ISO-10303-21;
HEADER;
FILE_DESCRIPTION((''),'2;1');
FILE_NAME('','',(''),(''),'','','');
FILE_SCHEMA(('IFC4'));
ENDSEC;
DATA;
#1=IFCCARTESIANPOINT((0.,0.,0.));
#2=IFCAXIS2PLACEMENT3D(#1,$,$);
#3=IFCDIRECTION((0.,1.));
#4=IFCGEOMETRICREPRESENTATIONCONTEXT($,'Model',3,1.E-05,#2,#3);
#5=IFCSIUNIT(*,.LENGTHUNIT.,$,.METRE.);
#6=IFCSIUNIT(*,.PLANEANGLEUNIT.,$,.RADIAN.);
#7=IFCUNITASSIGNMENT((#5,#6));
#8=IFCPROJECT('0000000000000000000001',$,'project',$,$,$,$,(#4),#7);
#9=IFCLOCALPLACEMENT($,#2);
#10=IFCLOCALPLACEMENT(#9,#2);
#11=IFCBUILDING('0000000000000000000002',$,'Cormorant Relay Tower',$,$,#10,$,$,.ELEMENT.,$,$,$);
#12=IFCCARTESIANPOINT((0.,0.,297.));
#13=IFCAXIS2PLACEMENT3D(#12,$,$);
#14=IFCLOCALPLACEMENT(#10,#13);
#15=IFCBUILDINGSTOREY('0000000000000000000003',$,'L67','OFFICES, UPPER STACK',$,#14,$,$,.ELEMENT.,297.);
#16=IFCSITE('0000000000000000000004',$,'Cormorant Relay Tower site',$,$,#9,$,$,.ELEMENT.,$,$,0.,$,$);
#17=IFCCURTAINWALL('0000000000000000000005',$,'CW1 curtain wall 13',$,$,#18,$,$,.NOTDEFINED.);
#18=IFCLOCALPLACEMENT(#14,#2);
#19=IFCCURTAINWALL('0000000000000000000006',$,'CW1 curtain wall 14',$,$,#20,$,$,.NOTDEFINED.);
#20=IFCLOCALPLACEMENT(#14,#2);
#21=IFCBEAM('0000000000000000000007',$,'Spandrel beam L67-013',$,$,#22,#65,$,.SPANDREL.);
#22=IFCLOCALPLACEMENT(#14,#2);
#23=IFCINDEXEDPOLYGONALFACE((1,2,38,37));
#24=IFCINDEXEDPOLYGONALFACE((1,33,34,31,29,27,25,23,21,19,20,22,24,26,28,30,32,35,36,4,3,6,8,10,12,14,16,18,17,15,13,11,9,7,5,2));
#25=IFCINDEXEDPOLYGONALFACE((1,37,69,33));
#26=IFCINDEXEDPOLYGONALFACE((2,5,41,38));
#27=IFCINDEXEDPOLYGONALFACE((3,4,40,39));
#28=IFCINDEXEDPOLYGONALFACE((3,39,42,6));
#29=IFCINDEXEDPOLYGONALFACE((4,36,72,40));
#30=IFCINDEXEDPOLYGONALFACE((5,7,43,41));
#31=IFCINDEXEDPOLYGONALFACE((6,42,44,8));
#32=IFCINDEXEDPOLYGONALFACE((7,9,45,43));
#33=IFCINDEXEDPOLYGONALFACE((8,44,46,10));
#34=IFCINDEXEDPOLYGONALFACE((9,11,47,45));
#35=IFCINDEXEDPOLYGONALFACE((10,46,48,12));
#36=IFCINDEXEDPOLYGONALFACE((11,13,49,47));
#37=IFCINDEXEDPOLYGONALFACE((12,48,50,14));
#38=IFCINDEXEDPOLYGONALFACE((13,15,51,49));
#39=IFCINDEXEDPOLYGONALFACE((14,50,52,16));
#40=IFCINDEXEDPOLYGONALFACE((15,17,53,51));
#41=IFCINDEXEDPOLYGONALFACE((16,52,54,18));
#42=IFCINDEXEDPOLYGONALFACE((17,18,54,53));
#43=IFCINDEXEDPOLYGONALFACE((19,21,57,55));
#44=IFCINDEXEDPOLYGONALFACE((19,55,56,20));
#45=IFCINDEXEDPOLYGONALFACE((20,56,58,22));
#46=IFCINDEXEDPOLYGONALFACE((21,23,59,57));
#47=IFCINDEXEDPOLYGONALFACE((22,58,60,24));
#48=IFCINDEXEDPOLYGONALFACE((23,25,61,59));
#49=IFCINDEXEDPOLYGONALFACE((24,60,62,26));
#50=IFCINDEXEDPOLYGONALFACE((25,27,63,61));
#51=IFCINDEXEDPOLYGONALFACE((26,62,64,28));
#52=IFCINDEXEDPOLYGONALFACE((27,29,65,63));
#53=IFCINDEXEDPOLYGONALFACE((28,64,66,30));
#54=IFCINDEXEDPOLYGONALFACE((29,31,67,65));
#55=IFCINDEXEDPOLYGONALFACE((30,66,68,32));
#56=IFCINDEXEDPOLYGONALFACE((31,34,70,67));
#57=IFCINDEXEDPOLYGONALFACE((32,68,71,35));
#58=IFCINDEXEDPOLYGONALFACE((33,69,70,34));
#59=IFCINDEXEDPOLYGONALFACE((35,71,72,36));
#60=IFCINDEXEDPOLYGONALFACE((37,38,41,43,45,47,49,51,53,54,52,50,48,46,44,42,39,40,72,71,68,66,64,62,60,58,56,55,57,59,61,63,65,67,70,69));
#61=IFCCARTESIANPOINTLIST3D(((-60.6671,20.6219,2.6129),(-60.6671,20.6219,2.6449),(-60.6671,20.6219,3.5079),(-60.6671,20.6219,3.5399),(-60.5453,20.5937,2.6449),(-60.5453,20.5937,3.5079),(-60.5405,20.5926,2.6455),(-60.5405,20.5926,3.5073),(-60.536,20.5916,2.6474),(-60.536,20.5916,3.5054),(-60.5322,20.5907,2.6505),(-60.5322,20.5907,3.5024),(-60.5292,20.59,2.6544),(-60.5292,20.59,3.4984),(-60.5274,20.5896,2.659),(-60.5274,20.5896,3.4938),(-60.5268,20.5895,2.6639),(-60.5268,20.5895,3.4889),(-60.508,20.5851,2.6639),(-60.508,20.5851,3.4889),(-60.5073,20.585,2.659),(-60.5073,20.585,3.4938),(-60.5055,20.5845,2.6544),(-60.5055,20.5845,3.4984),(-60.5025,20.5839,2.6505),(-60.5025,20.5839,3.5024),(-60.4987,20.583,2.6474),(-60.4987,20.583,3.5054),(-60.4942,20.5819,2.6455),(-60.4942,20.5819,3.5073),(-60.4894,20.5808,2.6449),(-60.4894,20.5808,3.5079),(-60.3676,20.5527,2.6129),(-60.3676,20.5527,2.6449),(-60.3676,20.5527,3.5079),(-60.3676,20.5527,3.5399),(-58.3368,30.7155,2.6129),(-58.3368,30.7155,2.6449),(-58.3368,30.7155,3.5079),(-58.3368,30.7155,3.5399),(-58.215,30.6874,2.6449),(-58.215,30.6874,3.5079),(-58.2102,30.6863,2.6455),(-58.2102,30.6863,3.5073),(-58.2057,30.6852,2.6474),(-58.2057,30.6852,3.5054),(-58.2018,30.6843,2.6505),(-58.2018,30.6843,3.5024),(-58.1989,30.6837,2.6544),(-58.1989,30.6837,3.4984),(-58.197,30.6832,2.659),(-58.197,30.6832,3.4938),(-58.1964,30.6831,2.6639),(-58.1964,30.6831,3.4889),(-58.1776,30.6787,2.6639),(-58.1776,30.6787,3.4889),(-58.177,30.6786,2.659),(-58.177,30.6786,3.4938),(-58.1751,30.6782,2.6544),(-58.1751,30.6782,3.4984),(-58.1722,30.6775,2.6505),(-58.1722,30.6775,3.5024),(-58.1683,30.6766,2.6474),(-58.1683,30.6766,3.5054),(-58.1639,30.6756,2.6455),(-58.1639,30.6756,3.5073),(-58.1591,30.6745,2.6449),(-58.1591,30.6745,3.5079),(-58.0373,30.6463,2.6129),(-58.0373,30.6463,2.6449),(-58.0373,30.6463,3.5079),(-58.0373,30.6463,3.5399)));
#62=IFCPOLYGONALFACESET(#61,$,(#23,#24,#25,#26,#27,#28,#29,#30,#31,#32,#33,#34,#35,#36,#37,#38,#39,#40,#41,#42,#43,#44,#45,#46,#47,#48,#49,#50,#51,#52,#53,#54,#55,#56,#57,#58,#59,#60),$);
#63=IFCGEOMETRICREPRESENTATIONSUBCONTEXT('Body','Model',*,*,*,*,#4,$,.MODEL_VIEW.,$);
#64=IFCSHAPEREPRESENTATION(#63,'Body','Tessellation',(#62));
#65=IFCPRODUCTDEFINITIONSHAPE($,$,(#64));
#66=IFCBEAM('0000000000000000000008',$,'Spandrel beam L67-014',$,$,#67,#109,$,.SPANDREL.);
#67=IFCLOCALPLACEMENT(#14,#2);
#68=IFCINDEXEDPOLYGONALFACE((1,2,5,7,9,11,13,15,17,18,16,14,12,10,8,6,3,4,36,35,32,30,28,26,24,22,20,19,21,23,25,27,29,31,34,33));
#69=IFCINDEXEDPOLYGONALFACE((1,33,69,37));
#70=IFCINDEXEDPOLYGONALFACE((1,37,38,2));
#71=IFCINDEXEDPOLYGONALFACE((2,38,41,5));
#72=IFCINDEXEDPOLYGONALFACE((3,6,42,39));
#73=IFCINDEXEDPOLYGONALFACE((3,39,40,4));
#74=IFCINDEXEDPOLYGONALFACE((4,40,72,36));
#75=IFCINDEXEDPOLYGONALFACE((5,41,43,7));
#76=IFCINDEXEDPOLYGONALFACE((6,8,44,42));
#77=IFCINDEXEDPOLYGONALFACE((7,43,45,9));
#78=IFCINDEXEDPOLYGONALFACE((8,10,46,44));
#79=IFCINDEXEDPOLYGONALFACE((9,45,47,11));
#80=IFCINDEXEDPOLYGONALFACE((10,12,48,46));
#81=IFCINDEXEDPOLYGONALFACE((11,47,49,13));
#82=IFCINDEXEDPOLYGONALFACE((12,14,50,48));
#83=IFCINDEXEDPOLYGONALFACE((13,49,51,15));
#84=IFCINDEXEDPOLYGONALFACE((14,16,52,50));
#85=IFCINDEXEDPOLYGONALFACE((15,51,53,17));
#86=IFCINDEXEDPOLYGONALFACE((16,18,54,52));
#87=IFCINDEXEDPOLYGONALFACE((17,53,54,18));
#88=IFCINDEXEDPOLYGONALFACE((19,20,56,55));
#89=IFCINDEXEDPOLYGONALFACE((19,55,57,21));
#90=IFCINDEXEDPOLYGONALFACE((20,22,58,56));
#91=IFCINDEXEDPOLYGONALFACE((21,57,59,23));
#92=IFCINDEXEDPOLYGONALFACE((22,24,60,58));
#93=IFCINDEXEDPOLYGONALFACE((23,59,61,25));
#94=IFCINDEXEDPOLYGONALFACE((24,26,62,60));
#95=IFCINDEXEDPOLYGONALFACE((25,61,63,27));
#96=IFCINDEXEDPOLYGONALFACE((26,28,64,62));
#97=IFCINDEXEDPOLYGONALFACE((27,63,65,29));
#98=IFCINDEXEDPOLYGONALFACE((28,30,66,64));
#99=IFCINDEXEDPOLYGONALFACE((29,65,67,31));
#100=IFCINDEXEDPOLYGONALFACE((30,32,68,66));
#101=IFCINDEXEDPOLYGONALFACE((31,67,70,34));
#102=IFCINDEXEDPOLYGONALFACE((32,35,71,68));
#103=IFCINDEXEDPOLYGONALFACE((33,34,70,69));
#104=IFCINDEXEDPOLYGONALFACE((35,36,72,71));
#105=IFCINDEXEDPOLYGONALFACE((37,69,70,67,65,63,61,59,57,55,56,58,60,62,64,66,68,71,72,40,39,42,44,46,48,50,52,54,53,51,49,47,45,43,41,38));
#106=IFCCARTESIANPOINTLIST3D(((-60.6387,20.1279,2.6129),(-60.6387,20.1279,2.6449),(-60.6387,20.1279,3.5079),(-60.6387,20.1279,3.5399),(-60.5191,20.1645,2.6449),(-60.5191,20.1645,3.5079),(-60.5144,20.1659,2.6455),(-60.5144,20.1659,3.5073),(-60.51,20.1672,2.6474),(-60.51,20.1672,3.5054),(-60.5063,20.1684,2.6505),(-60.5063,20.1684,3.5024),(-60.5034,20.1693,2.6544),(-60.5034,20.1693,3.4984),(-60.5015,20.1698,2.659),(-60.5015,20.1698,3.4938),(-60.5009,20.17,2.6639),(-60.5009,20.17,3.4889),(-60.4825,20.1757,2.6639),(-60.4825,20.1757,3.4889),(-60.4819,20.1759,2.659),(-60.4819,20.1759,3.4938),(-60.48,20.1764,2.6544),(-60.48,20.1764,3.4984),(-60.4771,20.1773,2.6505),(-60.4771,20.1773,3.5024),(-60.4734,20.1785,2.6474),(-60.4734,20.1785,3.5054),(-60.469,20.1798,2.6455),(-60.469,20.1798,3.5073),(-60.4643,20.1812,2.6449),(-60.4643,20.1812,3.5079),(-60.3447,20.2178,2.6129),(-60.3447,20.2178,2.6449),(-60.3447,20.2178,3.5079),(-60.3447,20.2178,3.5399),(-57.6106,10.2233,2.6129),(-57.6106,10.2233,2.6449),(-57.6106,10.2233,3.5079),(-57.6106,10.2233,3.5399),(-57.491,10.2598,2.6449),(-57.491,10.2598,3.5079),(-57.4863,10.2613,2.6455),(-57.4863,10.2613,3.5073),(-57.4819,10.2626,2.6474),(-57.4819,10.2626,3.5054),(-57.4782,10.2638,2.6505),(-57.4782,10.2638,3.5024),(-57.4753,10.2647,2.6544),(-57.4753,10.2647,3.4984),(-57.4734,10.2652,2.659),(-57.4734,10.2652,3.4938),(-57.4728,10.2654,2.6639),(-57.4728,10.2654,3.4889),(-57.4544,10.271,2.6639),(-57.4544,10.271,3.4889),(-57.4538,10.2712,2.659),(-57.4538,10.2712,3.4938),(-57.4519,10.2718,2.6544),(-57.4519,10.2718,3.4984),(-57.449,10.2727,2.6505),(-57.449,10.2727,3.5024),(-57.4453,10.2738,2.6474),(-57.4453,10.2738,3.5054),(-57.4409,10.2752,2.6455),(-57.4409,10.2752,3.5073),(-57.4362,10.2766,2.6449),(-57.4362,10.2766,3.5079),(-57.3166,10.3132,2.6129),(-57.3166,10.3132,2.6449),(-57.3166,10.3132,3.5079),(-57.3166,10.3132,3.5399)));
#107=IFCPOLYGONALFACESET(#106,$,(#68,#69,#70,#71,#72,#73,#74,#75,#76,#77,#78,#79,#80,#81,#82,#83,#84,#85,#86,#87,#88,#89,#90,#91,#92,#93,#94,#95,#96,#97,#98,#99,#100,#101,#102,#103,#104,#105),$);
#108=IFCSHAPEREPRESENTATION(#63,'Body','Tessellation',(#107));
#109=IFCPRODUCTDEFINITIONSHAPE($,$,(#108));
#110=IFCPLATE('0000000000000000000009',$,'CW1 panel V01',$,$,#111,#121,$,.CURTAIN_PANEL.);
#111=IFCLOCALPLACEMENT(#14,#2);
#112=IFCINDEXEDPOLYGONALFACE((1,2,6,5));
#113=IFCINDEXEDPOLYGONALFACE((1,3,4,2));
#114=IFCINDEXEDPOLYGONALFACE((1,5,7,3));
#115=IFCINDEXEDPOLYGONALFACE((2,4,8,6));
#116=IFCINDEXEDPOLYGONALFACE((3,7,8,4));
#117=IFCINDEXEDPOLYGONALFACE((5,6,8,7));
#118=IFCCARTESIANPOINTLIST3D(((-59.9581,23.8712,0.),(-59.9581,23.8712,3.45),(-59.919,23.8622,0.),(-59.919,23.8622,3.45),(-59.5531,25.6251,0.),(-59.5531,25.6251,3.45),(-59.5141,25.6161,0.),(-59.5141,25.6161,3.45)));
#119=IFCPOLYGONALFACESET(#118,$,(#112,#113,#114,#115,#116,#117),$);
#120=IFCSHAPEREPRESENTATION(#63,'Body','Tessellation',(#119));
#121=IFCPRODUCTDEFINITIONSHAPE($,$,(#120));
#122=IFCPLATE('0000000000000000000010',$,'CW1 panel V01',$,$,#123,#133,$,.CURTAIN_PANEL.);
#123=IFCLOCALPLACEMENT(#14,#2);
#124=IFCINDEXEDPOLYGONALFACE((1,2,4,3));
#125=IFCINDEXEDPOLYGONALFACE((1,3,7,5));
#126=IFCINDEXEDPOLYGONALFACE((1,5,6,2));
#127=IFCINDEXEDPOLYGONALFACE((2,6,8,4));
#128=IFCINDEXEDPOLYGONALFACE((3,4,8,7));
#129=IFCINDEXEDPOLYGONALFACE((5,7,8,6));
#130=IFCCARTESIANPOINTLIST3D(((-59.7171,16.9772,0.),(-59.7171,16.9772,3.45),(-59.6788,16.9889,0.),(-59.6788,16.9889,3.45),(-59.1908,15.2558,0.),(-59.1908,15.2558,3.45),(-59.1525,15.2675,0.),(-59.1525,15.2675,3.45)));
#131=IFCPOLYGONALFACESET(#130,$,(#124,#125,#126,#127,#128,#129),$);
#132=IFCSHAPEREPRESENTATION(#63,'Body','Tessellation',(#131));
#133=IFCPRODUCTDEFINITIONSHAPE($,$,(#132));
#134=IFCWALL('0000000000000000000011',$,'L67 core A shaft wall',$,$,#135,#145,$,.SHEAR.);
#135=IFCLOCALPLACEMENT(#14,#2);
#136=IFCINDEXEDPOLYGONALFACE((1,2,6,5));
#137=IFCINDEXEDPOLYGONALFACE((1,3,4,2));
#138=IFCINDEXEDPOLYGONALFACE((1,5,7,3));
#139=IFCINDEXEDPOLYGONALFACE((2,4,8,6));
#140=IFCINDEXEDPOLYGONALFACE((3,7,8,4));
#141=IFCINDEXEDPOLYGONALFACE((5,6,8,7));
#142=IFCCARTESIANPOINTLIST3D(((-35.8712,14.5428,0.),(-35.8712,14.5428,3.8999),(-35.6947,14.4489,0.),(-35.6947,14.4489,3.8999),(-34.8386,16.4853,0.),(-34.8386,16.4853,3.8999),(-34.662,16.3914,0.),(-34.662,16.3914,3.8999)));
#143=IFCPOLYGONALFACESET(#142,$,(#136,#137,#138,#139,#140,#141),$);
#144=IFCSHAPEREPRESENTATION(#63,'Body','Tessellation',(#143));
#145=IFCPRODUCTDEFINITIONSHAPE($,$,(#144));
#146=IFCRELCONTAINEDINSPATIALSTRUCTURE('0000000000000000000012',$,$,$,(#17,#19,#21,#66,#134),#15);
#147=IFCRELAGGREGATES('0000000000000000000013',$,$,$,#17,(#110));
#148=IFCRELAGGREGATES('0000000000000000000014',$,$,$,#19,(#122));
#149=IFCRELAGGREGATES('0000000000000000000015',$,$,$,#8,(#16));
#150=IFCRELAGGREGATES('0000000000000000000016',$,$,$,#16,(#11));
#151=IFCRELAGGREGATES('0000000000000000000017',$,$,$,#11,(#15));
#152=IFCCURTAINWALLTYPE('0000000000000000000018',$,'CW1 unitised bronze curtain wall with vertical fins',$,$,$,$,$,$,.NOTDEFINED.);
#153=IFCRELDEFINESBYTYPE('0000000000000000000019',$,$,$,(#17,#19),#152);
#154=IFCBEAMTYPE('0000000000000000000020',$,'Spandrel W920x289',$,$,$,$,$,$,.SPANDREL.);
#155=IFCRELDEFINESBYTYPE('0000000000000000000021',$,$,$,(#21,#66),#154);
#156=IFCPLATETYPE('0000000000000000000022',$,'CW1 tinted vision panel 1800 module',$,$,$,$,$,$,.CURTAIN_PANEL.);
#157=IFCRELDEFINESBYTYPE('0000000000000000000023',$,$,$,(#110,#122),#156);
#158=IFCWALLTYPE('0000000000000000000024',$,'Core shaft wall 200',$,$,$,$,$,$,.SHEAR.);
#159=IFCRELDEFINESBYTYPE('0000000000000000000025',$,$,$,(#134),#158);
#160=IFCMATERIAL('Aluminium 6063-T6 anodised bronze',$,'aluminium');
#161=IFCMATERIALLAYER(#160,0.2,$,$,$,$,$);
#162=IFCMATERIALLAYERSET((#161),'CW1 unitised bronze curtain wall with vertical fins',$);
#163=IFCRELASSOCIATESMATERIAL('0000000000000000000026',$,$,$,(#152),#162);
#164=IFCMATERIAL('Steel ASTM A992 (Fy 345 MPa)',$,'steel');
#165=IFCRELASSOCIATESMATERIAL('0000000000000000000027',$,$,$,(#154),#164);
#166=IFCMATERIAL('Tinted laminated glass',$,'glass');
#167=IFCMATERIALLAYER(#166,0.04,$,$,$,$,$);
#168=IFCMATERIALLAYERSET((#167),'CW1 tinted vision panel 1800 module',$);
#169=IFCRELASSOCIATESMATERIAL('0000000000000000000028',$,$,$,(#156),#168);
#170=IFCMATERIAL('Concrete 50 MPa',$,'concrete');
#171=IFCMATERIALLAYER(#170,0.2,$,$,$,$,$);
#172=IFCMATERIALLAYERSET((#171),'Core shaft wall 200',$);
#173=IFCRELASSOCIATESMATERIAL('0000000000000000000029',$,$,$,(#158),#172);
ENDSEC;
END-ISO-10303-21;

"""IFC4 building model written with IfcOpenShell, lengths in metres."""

from ifc_helpers import new_model, si_unit, direction, frame, frame_2d, origin, origin_2d, place, context, subcontext, project, spatial, rectangle, i_section, extrude, material, layer, layer_set, material_profile, profile_set, type_object, element, aggregate, save


model = new_model("IFC4")

# Units and contexts
model_context = context("Model", 3, precision=1e-05, world=origin(), true_north=direction((0.0, 1.0)))
body_context = subcontext(model_context, "Body", "Model", "MODEL_VIEW")
ifc_project = project(units=[si_unit("LENGTHUNIT", "METRE"), si_unit("PLANEANGLEUNIT", "RADIAN")], contexts=[model_context])

# Site, building, storey
site_placement = place(None, origin())
site = spatial("IfcSite", under=ifc_project, at=site_placement, Name="Cormorant Relay Tower site", CompositionType="ELEMENT", RefElevation=0.0)
building_placement = place(site_placement, origin())
building = spatial("IfcBuilding", under=site, at=building_placement, Name="Cormorant Relay Tower", CompositionType="ELEMENT")
storey_placement = place(building_placement, frame((0.0, 0.0, 297.0)))
storey = spatial("IfcBuildingStorey", under=building, at=storey_placement, Name="L67", Description="OFFICES, UPPER STACK", CompositionType="ELEMENT", Elevation=297.0)

# Curtain wall
ifc_material_1 = material(Name="Aluminium 6063-T6 anodised bronze", Category="aluminium")
ifc_layer_1 = layer(ifc_material_1, 0.2)
ifc_layer_set_1 = layer_set([ifc_layer_1], Name="CW1 unitised bronze curtain wall with vertical fins")
curtain_wall_type = type_object("IfcCurtainWallType", Name="CW1 unitised bronze curtain wall with vertical fins", PredefinedType="NOTDEFINED", material=ifc_layer_set_1)
curtain_wall_1_placement = place(storey_placement, origin())
curtain_wall_1 = element("IfcCurtainWall", 1, at=curtain_wall_1_placement, inside=storey, type_object=curtain_wall_type, Name="CW1 curtain wall 13", PredefinedType="NOTDEFINED")

# Curtain wall
curtain_wall_2_placement = place(storey_placement, origin())
curtain_wall_2 = element("IfcCurtainWall", 2, at=curtain_wall_2_placement, inside=storey, type_object=curtain_wall_type, Name="CW1 curtain wall 14", PredefinedType="NOTDEFINED")

# Beams
ifc_material_2 = material(Name="Steel ASTM A992 (Fy 345 MPa)", Category="steel")
ifc_material_profile_1 = material_profile(ifc_material_2, i_section(OverallWidth=0.3074, OverallDepth=0.927, WebThickness=0.0193, FlangeThickness=0.032, FilletRadius=0.019, at=origin_2d()), Name="W920x289")
ifc_profile_set_1 = profile_set([ifc_material_profile_1], Name="Steel ASTM A992 (Fy 345 MPa)")
beam_type = type_object("IfcBeamType", Name="Spandrel W920x289", PredefinedType="SPANDREL", material=ifc_profile_set_1)
beam_1_placement = place(storey_placement, frame((-58.187, 30.6809, 3.0764), z_axis=(-0.224956, -0.974369, 0.0), x_axis=(0.974369, -0.224956, 0.0)))
element("IfcBeam", 3, at=beam_1_placement, inside=storey, type_object=beam_type, Name="Spandrel beam L67-013", PredefinedType="SPANDREL", context=body_context, shape_type="SweptSolid", body=[
    extrude(i_section(OverallWidth=0.3074, OverallDepth=0.927, WebThickness=0.0193, FlangeThickness=0.032, FilletRadius=0.019, at=origin_2d()), origin(), (0.0, 0.0, 1.0), 10.3591),
])
beam_2_placement = place(storey_placement, frame((-60.4917, 20.1729, 3.0764), z_axis=(0.292368, -0.956306, 0.0), x_axis=(0.956306, 0.292368, 0.0)))
element("IfcBeam", 4, at=beam_2_placement, inside=storey, type_object=beam_type, Name="Spandrel beam L67-014", PredefinedType="SPANDREL", context=body_context, shape_type="SweptSolid", body=[
    extrude(i_section(OverallWidth=0.3074, OverallDepth=0.927, WebThickness=0.0193, FlangeThickness=0.032, FilletRadius=0.019, at=origin_2d()), origin(), (0.0, 0.0, 1.0), 10.3572),
])

# Plates
ifc_material_3 = material(Name="Tinted laminated glass", Category="glass")
ifc_layer_2 = layer(ifc_material_3, 0.04)
ifc_layer_set_2 = layer_set([ifc_layer_2], Name="CW1 tinted vision panel 1800 module")
plate_type = type_object("IfcPlateType", Name="CW1 tinted vision panel 1800 module", PredefinedType="CURTAIN_PANEL", material=ifc_layer_set_2)
plate_1_placement = place(storey_placement, frame((-59.7361, 24.7437, 0.0), z_axis=(0.0, 0.0, 1.0), x_axis=(-0.224951, -0.97437, 0.0)))
plate_1 = element("IfcPlate", 5, at=plate_1_placement, type_object=plate_type, Name="CW1 panel V01", PredefinedType="CURTAIN_PANEL", context=body_context, shape_type="SweptSolid", body=[
    extrude(rectangle(XDim=1.8, YDim=0.04, at=origin_2d()), origin(), (0.0, 0.0, 1.0), 3.45),
])
plate_2_placement = place(storey_placement, frame((-59.4348, 16.1223, 0.0), z_axis=(0.0, 0.0, 1.0), x_axis=(0.292372, -0.956305, 0.0)))
plate_2 = element("IfcPlate", 6, at=plate_2_placement, type_object=plate_type, Name="CW1 panel V01", PredefinedType="CURTAIN_PANEL", context=body_context, shape_type="SweptSolid", body=[
    extrude(rectangle(XDim=1.8, YDim=0.04, at=origin_2d()), origin(), (0.0, 0.0, 1.0), 3.45),
])

# Wall
ifc_material_4 = material(Name="Concrete 50 MPa", Category="concrete")
ifc_layer_3 = layer(ifc_material_4, 0.2)
ifc_layer_set_3 = layer_set([ifc_layer_3], Name="Core shaft wall 200")
wall_type_1 = type_object("IfcWallType", Name="Core shaft wall 200", PredefinedType="SHEAR", material=ifc_layer_set_3)
wall_1_placement = place(storey_placement, frame((-34.7502, 16.4385, 0.0), z_axis=(0.0, 0.0, 1.0), x_axis=(-0.469401, -0.882985, 0.0)))
element("IfcWall", 7, at=wall_1_placement, inside=storey, type_object=wall_type_1, Name="L67 core A shaft wall", PredefinedType="SHEAR", context=body_context, shape_type="SweptSolid", body=[
    extrude(rectangle(XDim=2.2, YDim=0.2, at=frame_2d((1.1001, 0.0))), origin(), (0.0, 0.0, 1.0), 3.8999),
])

aggregate(curtain_wall_1, [plate_1])
aggregate(curtain_wall_2, [plate_2])

save(model, "model.ifc")
